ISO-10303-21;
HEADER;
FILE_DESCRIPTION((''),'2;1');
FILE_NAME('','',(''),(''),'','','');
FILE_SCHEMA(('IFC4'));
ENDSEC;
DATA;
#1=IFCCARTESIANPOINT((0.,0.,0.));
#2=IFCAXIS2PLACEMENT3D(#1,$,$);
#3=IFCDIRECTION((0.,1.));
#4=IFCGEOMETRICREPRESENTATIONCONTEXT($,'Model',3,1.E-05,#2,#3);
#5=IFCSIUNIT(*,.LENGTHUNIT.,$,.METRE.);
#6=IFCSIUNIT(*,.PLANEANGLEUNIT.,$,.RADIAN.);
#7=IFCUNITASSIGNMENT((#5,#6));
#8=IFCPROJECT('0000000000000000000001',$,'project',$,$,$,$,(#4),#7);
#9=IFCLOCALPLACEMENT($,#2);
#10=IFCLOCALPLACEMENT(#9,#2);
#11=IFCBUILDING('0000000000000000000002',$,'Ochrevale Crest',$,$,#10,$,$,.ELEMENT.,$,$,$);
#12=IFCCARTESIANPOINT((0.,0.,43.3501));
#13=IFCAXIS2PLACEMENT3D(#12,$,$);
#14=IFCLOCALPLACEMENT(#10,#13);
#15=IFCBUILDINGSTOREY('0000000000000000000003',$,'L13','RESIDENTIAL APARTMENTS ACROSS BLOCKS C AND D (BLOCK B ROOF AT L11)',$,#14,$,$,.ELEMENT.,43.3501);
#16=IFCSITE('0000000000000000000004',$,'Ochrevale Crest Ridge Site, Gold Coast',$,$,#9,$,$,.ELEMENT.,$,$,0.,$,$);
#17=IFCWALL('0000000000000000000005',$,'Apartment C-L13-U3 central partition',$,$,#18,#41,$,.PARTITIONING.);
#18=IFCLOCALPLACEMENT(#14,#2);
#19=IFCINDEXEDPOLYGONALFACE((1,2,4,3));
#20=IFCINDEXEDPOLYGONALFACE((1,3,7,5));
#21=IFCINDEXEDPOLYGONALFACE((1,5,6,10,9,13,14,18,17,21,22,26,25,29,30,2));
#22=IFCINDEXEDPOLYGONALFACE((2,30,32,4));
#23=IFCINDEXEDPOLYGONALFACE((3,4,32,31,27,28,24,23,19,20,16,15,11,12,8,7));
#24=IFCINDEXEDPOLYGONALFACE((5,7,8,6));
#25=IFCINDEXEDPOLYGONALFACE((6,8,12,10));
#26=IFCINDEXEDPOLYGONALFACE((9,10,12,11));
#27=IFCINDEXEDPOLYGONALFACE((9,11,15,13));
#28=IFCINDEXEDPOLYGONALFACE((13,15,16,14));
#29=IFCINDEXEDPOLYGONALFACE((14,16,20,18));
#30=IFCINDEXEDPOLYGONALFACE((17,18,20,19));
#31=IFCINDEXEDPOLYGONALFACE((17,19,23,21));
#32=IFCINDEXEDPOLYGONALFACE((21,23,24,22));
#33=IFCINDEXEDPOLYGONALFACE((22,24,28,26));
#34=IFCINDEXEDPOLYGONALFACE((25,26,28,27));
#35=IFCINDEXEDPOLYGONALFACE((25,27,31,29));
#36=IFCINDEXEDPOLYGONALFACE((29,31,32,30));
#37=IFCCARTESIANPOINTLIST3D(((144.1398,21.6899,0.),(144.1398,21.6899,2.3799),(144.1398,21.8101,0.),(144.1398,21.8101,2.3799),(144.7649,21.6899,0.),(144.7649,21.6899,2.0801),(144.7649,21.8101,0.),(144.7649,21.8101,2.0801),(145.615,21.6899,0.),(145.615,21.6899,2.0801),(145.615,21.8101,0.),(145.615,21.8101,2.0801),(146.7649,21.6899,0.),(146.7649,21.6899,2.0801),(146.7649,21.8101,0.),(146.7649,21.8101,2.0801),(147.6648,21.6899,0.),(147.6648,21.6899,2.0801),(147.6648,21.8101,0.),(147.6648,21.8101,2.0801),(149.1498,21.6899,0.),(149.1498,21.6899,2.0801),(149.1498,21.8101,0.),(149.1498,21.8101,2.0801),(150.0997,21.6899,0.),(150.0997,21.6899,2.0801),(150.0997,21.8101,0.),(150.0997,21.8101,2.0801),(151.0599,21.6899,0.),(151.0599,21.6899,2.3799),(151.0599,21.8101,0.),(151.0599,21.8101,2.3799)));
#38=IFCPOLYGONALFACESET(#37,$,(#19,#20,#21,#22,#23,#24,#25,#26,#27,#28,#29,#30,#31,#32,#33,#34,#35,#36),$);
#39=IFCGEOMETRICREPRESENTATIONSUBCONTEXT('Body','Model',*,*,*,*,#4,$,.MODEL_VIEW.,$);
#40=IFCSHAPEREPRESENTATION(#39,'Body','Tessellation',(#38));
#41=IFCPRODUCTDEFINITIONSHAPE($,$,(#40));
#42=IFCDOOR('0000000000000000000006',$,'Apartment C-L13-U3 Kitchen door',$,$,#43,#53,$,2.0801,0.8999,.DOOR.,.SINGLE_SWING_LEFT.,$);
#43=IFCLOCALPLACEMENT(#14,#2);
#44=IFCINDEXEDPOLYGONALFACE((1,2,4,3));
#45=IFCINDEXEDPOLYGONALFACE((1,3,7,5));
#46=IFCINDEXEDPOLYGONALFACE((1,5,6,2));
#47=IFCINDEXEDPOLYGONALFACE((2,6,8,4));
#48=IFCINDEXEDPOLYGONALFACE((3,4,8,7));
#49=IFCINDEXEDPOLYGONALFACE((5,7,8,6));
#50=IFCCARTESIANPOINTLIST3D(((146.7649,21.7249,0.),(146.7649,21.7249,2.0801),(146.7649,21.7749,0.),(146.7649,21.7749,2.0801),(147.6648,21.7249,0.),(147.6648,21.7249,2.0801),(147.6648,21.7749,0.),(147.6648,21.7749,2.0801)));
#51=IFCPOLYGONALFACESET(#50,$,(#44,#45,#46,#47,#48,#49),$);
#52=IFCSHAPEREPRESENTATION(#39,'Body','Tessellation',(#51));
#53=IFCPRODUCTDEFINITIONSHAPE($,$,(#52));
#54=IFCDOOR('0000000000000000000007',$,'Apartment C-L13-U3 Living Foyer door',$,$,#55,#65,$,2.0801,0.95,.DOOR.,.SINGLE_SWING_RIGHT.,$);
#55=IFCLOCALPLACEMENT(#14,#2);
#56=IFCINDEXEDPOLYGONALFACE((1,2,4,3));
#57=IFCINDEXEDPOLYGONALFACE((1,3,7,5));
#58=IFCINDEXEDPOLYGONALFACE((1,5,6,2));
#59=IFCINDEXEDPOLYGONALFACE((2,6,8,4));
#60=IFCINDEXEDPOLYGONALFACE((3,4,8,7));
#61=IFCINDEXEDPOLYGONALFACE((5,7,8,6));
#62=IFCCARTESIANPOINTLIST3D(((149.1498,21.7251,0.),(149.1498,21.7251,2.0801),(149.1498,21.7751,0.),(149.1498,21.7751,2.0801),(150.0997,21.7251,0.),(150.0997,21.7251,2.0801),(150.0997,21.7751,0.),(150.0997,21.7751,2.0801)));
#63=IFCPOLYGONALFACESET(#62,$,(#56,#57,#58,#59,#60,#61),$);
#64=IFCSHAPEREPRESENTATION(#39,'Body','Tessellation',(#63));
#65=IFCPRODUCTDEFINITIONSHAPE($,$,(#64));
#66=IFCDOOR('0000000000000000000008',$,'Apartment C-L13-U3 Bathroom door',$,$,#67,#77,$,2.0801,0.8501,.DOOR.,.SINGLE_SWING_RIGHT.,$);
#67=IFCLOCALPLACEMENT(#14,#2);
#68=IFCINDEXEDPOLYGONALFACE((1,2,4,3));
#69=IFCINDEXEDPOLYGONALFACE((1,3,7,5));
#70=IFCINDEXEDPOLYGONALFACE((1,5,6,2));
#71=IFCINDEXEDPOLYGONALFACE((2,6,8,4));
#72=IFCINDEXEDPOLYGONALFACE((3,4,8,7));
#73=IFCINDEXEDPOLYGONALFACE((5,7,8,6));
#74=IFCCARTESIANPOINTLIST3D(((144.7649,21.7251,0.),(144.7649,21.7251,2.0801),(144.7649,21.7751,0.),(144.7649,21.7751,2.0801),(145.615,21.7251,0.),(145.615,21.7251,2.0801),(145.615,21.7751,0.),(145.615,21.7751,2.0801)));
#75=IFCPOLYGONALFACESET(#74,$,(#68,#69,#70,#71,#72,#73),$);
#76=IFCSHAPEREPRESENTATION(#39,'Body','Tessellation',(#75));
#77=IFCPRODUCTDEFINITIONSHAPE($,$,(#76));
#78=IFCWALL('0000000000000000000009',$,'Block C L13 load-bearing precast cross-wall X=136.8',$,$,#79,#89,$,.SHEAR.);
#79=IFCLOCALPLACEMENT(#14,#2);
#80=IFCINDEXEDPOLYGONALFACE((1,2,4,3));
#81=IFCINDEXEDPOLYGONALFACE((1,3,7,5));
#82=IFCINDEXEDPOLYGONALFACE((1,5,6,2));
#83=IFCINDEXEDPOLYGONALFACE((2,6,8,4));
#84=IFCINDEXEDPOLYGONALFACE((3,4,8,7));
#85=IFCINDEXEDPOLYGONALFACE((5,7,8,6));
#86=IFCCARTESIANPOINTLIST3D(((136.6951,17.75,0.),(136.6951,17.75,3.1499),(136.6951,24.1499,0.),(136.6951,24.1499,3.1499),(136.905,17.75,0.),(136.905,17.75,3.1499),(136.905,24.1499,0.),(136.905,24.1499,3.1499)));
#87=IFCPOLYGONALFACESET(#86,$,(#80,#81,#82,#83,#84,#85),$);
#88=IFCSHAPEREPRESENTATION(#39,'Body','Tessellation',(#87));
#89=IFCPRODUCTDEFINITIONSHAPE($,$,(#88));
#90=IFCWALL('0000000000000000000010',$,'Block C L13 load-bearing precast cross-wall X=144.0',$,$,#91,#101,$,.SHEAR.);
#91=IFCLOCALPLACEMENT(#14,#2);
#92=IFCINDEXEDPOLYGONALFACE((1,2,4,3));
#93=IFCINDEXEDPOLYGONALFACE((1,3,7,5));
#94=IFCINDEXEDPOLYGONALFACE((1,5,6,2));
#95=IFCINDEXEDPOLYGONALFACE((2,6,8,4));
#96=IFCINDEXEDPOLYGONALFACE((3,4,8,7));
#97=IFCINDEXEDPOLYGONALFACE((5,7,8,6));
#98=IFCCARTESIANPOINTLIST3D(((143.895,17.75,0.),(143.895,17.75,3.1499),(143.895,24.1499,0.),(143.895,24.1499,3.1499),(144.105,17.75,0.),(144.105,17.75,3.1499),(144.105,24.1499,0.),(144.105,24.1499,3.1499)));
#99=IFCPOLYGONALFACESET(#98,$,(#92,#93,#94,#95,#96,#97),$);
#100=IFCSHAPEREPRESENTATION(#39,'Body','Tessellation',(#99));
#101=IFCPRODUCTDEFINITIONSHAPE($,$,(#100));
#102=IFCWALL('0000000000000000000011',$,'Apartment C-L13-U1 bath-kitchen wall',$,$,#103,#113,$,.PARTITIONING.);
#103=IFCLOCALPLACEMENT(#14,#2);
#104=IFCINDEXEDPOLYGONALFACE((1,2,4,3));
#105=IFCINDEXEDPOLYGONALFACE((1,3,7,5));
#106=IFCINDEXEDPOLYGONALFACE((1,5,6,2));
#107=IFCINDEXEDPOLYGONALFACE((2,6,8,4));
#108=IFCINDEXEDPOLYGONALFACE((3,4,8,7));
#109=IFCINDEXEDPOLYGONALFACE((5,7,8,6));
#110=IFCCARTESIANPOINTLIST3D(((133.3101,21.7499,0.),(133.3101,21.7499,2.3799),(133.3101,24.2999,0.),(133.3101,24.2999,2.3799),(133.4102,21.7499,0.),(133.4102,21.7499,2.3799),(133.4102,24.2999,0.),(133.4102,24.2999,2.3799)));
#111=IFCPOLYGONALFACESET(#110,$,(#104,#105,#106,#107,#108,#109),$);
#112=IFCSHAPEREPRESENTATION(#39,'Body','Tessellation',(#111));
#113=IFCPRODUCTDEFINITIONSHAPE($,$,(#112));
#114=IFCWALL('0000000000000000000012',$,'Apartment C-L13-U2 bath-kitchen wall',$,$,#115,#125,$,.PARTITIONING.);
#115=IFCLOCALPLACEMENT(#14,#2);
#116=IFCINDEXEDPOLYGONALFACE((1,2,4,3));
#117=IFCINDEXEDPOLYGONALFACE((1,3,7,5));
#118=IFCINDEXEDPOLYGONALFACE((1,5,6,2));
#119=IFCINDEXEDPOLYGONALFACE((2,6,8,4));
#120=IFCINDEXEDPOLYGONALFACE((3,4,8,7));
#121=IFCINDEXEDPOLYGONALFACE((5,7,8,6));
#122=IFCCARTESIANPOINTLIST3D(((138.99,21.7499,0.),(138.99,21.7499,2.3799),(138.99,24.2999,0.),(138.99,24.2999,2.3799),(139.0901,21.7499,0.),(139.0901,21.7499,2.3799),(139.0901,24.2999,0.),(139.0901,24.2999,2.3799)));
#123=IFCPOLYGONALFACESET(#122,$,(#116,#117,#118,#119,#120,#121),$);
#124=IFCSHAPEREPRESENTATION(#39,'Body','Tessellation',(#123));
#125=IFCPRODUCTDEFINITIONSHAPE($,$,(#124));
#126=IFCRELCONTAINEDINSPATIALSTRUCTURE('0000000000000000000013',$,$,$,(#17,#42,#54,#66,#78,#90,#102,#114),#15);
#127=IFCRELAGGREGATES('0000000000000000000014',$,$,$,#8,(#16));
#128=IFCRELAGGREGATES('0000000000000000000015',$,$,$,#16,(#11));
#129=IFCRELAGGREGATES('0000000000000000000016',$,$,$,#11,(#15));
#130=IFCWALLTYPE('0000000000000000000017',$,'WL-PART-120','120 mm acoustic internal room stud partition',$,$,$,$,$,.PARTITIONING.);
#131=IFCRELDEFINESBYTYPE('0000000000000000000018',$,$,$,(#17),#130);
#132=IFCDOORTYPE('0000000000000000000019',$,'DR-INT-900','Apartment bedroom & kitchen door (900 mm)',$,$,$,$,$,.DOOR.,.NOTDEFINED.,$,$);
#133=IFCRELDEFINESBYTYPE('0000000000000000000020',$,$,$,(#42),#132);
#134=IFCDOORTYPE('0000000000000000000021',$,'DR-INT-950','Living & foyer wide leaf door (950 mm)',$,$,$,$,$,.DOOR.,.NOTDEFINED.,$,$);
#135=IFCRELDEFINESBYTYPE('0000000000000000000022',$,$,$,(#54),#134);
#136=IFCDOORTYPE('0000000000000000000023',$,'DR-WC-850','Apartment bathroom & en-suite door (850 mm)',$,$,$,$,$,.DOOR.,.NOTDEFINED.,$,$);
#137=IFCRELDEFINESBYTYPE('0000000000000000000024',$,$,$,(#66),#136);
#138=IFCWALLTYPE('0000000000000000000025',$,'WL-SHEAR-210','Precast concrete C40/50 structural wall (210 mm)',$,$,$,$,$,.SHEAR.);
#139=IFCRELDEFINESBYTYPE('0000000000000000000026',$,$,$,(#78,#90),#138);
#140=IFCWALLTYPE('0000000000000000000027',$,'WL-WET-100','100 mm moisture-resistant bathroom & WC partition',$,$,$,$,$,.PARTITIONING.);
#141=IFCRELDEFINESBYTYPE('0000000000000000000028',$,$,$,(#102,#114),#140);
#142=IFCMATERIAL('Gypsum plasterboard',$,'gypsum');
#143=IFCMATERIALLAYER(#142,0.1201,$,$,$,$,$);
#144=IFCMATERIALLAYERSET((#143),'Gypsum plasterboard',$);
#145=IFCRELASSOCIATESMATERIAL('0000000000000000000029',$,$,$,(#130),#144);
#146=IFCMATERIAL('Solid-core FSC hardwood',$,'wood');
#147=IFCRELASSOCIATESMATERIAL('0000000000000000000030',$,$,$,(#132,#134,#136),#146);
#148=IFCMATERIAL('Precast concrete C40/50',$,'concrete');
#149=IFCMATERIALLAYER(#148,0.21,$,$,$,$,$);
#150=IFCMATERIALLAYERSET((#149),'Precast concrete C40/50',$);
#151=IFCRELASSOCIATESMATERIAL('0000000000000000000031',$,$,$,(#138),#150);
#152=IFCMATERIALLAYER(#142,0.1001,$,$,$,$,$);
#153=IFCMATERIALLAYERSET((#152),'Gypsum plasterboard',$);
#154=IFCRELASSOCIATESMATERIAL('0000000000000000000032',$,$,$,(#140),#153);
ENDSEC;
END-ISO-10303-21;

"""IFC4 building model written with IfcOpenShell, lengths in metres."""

from ifc_helpers import new_model, si_unit, direction, frame, frame_2d, origin, place, context, subcontext, project, spatial, rectangle, extrude, material, layer, layer_set, type_object, element, fill, save


model = new_model("IFC4")

# Units and contexts
model_context = context("Model", 3, precision=1e-05, world=origin(), true_north=direction((0.0, 1.0)))
body_context = subcontext(model_context, "Body", "Model", "MODEL_VIEW")
ifc_project = project(units=[si_unit("LENGTHUNIT", "METRE"), si_unit("PLANEANGLEUNIT", "RADIAN")], contexts=[model_context])

# Site, building, storey
site_placement = place(None, origin())
site = spatial("IfcSite", under=ifc_project, at=site_placement, Name="Ochrevale Crest Ridge Site, Gold Coast", CompositionType="ELEMENT", RefElevation=0.0)
building_placement = place(site_placement, origin())
building = spatial("IfcBuilding", under=site, at=building_placement, Name="Ochrevale Crest", CompositionType="ELEMENT")
storey_placement = place(building_placement, frame((0.0, 0.0, 43.3501)))
storey = spatial("IfcBuildingStorey", under=building, at=storey_placement, Name="L13", Description="RESIDENTIAL APARTMENTS ACROSS BLOCKS C AND D (BLOCK B ROOF AT L11)", CompositionType="ELEMENT", Elevation=43.3501)

# Shared definitions
ifc_material_1 = material(Name="Precast concrete C40/50", Category="concrete")

# Shared definitions
ifc_material_2 = material(Name="Gypsum plasterboard", Category="gypsum")
ifc_material_3 = material(Name="Solid-core FSC hardwood", Category="wood")

# Shared definitions
ifc_layer_1 = layer(ifc_material_2, 0.1201)
ifc_layer_set_1 = layer_set([ifc_layer_1], Name="Gypsum plasterboard")
wall_type_1 = type_object("IfcWallType", Name="WL-PART-120", Description="120 mm acoustic internal room stud partition", PredefinedType="PARTITIONING", material=ifc_layer_set_1)

# Shared definitions
door_type_1 = type_object("IfcDoorType", Name="DR-INT-900", Description="Apartment bedroom & kitchen door (900 mm)", OperationType="NOTDEFINED", PredefinedType="DOOR", material=ifc_material_3)
door_type_2 = type_object("IfcDoorType", Name="DR-INT-950", Description="Living & foyer wide leaf door (950 mm)", OperationType="NOTDEFINED", PredefinedType="DOOR", material=ifc_material_3)
door_type_3 = type_object("IfcDoorType", Name="DR-WC-850", Description="Apartment bathroom & en-suite door (850 mm)", OperationType="NOTDEFINED", PredefinedType="DOOR", material=ifc_material_3)

# Wall, openings, doors
wall_1_placement = place(storey_placement, frame((144.1399, 21.75, 0.0), z_axis=(0.0, 0.0, 1.0), x_axis=(1.0, 0.0, 0.0)))
wall_1 = element("IfcWall", 1, at=wall_1_placement, inside=storey, type_object=wall_type_1, Name="Apartment C-L13-U3 central partition", PredefinedType="PARTITIONING", context=body_context, shape_type="SweptSolid", body=[
    extrude(rectangle(XDim=6.9202, YDim=0.1201, at=frame_2d((3.46, 0.0))), origin(), (0.0, 0.0, 1.0), 2.3799),
])
opening_1_placement = place(wall_1_placement, frame((1.4751, 0.0, 0.0), z_axis=(0.0, 0.0, 1.0), x_axis=(-1.0, 0.0, 0.0)))
opening_1 = element("IfcOpeningElement", 2, at=opening_1_placement, cuts=wall_1, PredefinedType="OPENING", context=body_context, shape_type="SweptSolid", body=[
    extrude(rectangle(XDim=0.8501, YDim=2.0801, at=frame_2d((0.425, 1.04))), frame((0.0, 0.0701, 0.0), z_axis=(0.0, -1.0, 0.0), x_axis=(1.0, 0.0, 0.0)), (0.0, 0.0, 1.0), 0.1401),
])
opening_2_placement = place(wall_1_placement, frame((2.625, 0.0, 0.0)))
opening_2 = element("IfcOpeningElement", 3, at=opening_2_placement, cuts=wall_1, PredefinedType="OPENING", context=body_context, shape_type="SweptSolid", body=[
    extrude(rectangle(XDim=0.8999, YDim=2.0801, at=frame_2d((0.45, 1.04))), frame((0.0, 0.0701, 0.0), z_axis=(0.0, -1.0, 0.0), x_axis=(1.0, 0.0, 0.0)), (0.0, 0.0, 1.0), 0.1401),
])
opening_3_placement = place(wall_1_placement, frame((5.96, 0.0, 0.0), z_axis=(0.0, 0.0, 1.0), x_axis=(-1.0, 0.0, 0.0)))
opening_3 = element("IfcOpeningElement", 4, at=opening_3_placement, cuts=wall_1, PredefinedType="OPENING", context=body_context, shape_type="SweptSolid", body=[
    extrude(rectangle(XDim=0.95, YDim=2.0801, at=frame_2d((0.4751, 1.04))), frame((0.0, 0.0701, 0.0), z_axis=(0.0, -1.0, 0.0), x_axis=(1.0, 0.0, 0.0)), (0.0, 0.0, 1.0), 0.1401),
])
door_1_placement = place(opening_2_placement, origin())
door_1 = element("IfcDoor", 5, at=door_1_placement, inside=storey, type_object=door_type_1, Name="Apartment C-L13-U3 Kitchen door", OperationType="SINGLE_SWING_LEFT", OverallHeight=2.0801, OverallWidth=0.8999, PredefinedType="DOOR", context=body_context, shape_type="SweptSolid", body=[
    extrude(rectangle(XDim=0.8999, YDim=2.0801, at=frame_2d((0.45, 1.04))), frame((0.0, 0.0249, 0.0), z_axis=(0.0, -1.0, 0.0), x_axis=(1.0, 0.0, 0.0)), (0.0, 0.0, 1.0), 0.05),
])
fill(opening_2, door_1)
door_2_placement = place(opening_3_placement, origin())
door_2 = element("IfcDoor", 6, at=door_2_placement, inside=storey, type_object=door_type_2, Name="Apartment C-L13-U3 Living Foyer door", OperationType="SINGLE_SWING_RIGHT", OverallHeight=2.0801, OverallWidth=0.95, PredefinedType="DOOR", context=body_context, shape_type="SweptSolid", body=[
    extrude(rectangle(XDim=0.95, YDim=2.0801, at=frame_2d((0.4751, 1.04))), frame((0.0, 0.0249, 0.0), z_axis=(0.0, -1.0, 0.0), x_axis=(1.0, 0.0, 0.0)), (0.0, 0.0, 1.0), 0.05),
])
fill(opening_3, door_2)
door_3_placement = place(opening_1_placement, origin())
door_3 = element("IfcDoor", 7, at=door_3_placement, inside=storey, type_object=door_type_3, Name="Apartment C-L13-U3 Bathroom door", OperationType="SINGLE_SWING_RIGHT", OverallHeight=2.0801, OverallWidth=0.8501, PredefinedType="DOOR", context=body_context, shape_type="SweptSolid", body=[
    extrude(rectangle(XDim=0.8501, YDim=2.0801, at=frame_2d((0.425, 1.04))), frame((0.0, 0.0249, 0.0), z_axis=(0.0, -1.0, 0.0), x_axis=(1.0, 0.0, 0.0)), (0.0, 0.0, 1.0), 0.05),
])
fill(opening_1, door_3)

# Walls
ifc_layer_2 = layer(ifc_material_1, 0.21)
ifc_layer_set_2 = layer_set([ifc_layer_2], Name="Precast concrete C40/50")
wall_type_2 = type_object("IfcWallType", Name="WL-SHEAR-210", Description="Precast concrete C40/50 structural wall (210 mm)", PredefinedType="SHEAR", material=ifc_layer_set_2)
for number, where, z_axis, x_axis, name in (
    (8, (136.8, 17.75, 0.0), (0.0, 0.0, 1.0), (0.0, 1.0, 0.0), "Block C L13 load-bearing precast cross-wall X=136.8"),
    (9, (144.0, 17.75, 0.0), (0.0, 0.0, 1.0), (0.0, 1.0, 0.0), "Block C L13 load-bearing precast cross-wall X=144.0"),
):
    element("IfcWall", number, at=place(storey_placement, frame(where, z_axis=z_axis, x_axis=x_axis)), inside=storey, type_object=wall_type_2, Name=name, PredefinedType="SHEAR", context=body_context, shape_type="SweptSolid", body=[
        extrude(rectangle(XDim=6.3999, YDim=0.21, at=frame_2d((3.2, 0.0))), origin(), (0.0, 0.0, 1.0), 3.1499),
    ])
ifc_layer_3 = layer(ifc_material_2, 0.1001)
ifc_layer_set_3 = layer_set([ifc_layer_3], Name="Gypsum plasterboard")
wall_type_3 = type_object("IfcWallType", Name="WL-WET-100", Description="100 mm moisture-resistant bathroom & WC partition", PredefinedType="PARTITIONING", material=ifc_layer_set_3)
for number, where, z_axis, x_axis, name in (
    (10, (133.3601, 21.75, 0.0), (0.0, 0.0, 1.0), (0.0, 1.0, 0.0), "Apartment C-L13-U1 bath-kitchen wall"),
    (11, (139.04, 21.75, 0.0), (0.0, 0.0, 1.0), (0.0, 1.0, 0.0), "Apartment C-L13-U2 bath-kitchen wall"),
):
    element("IfcWall", number, at=place(storey_placement, frame(where, z_axis=z_axis, x_axis=x_axis)), inside=storey, type_object=wall_type_3, Name=name, PredefinedType="PARTITIONING", context=body_context, shape_type="SweptSolid", body=[
        extrude(rectangle(XDim=2.55, YDim=0.1001, at=frame_2d((1.2749, 0.0))), origin(), (0.0, 0.0, 1.0), 2.3799),
    ])

save(model, "model.ifc")
